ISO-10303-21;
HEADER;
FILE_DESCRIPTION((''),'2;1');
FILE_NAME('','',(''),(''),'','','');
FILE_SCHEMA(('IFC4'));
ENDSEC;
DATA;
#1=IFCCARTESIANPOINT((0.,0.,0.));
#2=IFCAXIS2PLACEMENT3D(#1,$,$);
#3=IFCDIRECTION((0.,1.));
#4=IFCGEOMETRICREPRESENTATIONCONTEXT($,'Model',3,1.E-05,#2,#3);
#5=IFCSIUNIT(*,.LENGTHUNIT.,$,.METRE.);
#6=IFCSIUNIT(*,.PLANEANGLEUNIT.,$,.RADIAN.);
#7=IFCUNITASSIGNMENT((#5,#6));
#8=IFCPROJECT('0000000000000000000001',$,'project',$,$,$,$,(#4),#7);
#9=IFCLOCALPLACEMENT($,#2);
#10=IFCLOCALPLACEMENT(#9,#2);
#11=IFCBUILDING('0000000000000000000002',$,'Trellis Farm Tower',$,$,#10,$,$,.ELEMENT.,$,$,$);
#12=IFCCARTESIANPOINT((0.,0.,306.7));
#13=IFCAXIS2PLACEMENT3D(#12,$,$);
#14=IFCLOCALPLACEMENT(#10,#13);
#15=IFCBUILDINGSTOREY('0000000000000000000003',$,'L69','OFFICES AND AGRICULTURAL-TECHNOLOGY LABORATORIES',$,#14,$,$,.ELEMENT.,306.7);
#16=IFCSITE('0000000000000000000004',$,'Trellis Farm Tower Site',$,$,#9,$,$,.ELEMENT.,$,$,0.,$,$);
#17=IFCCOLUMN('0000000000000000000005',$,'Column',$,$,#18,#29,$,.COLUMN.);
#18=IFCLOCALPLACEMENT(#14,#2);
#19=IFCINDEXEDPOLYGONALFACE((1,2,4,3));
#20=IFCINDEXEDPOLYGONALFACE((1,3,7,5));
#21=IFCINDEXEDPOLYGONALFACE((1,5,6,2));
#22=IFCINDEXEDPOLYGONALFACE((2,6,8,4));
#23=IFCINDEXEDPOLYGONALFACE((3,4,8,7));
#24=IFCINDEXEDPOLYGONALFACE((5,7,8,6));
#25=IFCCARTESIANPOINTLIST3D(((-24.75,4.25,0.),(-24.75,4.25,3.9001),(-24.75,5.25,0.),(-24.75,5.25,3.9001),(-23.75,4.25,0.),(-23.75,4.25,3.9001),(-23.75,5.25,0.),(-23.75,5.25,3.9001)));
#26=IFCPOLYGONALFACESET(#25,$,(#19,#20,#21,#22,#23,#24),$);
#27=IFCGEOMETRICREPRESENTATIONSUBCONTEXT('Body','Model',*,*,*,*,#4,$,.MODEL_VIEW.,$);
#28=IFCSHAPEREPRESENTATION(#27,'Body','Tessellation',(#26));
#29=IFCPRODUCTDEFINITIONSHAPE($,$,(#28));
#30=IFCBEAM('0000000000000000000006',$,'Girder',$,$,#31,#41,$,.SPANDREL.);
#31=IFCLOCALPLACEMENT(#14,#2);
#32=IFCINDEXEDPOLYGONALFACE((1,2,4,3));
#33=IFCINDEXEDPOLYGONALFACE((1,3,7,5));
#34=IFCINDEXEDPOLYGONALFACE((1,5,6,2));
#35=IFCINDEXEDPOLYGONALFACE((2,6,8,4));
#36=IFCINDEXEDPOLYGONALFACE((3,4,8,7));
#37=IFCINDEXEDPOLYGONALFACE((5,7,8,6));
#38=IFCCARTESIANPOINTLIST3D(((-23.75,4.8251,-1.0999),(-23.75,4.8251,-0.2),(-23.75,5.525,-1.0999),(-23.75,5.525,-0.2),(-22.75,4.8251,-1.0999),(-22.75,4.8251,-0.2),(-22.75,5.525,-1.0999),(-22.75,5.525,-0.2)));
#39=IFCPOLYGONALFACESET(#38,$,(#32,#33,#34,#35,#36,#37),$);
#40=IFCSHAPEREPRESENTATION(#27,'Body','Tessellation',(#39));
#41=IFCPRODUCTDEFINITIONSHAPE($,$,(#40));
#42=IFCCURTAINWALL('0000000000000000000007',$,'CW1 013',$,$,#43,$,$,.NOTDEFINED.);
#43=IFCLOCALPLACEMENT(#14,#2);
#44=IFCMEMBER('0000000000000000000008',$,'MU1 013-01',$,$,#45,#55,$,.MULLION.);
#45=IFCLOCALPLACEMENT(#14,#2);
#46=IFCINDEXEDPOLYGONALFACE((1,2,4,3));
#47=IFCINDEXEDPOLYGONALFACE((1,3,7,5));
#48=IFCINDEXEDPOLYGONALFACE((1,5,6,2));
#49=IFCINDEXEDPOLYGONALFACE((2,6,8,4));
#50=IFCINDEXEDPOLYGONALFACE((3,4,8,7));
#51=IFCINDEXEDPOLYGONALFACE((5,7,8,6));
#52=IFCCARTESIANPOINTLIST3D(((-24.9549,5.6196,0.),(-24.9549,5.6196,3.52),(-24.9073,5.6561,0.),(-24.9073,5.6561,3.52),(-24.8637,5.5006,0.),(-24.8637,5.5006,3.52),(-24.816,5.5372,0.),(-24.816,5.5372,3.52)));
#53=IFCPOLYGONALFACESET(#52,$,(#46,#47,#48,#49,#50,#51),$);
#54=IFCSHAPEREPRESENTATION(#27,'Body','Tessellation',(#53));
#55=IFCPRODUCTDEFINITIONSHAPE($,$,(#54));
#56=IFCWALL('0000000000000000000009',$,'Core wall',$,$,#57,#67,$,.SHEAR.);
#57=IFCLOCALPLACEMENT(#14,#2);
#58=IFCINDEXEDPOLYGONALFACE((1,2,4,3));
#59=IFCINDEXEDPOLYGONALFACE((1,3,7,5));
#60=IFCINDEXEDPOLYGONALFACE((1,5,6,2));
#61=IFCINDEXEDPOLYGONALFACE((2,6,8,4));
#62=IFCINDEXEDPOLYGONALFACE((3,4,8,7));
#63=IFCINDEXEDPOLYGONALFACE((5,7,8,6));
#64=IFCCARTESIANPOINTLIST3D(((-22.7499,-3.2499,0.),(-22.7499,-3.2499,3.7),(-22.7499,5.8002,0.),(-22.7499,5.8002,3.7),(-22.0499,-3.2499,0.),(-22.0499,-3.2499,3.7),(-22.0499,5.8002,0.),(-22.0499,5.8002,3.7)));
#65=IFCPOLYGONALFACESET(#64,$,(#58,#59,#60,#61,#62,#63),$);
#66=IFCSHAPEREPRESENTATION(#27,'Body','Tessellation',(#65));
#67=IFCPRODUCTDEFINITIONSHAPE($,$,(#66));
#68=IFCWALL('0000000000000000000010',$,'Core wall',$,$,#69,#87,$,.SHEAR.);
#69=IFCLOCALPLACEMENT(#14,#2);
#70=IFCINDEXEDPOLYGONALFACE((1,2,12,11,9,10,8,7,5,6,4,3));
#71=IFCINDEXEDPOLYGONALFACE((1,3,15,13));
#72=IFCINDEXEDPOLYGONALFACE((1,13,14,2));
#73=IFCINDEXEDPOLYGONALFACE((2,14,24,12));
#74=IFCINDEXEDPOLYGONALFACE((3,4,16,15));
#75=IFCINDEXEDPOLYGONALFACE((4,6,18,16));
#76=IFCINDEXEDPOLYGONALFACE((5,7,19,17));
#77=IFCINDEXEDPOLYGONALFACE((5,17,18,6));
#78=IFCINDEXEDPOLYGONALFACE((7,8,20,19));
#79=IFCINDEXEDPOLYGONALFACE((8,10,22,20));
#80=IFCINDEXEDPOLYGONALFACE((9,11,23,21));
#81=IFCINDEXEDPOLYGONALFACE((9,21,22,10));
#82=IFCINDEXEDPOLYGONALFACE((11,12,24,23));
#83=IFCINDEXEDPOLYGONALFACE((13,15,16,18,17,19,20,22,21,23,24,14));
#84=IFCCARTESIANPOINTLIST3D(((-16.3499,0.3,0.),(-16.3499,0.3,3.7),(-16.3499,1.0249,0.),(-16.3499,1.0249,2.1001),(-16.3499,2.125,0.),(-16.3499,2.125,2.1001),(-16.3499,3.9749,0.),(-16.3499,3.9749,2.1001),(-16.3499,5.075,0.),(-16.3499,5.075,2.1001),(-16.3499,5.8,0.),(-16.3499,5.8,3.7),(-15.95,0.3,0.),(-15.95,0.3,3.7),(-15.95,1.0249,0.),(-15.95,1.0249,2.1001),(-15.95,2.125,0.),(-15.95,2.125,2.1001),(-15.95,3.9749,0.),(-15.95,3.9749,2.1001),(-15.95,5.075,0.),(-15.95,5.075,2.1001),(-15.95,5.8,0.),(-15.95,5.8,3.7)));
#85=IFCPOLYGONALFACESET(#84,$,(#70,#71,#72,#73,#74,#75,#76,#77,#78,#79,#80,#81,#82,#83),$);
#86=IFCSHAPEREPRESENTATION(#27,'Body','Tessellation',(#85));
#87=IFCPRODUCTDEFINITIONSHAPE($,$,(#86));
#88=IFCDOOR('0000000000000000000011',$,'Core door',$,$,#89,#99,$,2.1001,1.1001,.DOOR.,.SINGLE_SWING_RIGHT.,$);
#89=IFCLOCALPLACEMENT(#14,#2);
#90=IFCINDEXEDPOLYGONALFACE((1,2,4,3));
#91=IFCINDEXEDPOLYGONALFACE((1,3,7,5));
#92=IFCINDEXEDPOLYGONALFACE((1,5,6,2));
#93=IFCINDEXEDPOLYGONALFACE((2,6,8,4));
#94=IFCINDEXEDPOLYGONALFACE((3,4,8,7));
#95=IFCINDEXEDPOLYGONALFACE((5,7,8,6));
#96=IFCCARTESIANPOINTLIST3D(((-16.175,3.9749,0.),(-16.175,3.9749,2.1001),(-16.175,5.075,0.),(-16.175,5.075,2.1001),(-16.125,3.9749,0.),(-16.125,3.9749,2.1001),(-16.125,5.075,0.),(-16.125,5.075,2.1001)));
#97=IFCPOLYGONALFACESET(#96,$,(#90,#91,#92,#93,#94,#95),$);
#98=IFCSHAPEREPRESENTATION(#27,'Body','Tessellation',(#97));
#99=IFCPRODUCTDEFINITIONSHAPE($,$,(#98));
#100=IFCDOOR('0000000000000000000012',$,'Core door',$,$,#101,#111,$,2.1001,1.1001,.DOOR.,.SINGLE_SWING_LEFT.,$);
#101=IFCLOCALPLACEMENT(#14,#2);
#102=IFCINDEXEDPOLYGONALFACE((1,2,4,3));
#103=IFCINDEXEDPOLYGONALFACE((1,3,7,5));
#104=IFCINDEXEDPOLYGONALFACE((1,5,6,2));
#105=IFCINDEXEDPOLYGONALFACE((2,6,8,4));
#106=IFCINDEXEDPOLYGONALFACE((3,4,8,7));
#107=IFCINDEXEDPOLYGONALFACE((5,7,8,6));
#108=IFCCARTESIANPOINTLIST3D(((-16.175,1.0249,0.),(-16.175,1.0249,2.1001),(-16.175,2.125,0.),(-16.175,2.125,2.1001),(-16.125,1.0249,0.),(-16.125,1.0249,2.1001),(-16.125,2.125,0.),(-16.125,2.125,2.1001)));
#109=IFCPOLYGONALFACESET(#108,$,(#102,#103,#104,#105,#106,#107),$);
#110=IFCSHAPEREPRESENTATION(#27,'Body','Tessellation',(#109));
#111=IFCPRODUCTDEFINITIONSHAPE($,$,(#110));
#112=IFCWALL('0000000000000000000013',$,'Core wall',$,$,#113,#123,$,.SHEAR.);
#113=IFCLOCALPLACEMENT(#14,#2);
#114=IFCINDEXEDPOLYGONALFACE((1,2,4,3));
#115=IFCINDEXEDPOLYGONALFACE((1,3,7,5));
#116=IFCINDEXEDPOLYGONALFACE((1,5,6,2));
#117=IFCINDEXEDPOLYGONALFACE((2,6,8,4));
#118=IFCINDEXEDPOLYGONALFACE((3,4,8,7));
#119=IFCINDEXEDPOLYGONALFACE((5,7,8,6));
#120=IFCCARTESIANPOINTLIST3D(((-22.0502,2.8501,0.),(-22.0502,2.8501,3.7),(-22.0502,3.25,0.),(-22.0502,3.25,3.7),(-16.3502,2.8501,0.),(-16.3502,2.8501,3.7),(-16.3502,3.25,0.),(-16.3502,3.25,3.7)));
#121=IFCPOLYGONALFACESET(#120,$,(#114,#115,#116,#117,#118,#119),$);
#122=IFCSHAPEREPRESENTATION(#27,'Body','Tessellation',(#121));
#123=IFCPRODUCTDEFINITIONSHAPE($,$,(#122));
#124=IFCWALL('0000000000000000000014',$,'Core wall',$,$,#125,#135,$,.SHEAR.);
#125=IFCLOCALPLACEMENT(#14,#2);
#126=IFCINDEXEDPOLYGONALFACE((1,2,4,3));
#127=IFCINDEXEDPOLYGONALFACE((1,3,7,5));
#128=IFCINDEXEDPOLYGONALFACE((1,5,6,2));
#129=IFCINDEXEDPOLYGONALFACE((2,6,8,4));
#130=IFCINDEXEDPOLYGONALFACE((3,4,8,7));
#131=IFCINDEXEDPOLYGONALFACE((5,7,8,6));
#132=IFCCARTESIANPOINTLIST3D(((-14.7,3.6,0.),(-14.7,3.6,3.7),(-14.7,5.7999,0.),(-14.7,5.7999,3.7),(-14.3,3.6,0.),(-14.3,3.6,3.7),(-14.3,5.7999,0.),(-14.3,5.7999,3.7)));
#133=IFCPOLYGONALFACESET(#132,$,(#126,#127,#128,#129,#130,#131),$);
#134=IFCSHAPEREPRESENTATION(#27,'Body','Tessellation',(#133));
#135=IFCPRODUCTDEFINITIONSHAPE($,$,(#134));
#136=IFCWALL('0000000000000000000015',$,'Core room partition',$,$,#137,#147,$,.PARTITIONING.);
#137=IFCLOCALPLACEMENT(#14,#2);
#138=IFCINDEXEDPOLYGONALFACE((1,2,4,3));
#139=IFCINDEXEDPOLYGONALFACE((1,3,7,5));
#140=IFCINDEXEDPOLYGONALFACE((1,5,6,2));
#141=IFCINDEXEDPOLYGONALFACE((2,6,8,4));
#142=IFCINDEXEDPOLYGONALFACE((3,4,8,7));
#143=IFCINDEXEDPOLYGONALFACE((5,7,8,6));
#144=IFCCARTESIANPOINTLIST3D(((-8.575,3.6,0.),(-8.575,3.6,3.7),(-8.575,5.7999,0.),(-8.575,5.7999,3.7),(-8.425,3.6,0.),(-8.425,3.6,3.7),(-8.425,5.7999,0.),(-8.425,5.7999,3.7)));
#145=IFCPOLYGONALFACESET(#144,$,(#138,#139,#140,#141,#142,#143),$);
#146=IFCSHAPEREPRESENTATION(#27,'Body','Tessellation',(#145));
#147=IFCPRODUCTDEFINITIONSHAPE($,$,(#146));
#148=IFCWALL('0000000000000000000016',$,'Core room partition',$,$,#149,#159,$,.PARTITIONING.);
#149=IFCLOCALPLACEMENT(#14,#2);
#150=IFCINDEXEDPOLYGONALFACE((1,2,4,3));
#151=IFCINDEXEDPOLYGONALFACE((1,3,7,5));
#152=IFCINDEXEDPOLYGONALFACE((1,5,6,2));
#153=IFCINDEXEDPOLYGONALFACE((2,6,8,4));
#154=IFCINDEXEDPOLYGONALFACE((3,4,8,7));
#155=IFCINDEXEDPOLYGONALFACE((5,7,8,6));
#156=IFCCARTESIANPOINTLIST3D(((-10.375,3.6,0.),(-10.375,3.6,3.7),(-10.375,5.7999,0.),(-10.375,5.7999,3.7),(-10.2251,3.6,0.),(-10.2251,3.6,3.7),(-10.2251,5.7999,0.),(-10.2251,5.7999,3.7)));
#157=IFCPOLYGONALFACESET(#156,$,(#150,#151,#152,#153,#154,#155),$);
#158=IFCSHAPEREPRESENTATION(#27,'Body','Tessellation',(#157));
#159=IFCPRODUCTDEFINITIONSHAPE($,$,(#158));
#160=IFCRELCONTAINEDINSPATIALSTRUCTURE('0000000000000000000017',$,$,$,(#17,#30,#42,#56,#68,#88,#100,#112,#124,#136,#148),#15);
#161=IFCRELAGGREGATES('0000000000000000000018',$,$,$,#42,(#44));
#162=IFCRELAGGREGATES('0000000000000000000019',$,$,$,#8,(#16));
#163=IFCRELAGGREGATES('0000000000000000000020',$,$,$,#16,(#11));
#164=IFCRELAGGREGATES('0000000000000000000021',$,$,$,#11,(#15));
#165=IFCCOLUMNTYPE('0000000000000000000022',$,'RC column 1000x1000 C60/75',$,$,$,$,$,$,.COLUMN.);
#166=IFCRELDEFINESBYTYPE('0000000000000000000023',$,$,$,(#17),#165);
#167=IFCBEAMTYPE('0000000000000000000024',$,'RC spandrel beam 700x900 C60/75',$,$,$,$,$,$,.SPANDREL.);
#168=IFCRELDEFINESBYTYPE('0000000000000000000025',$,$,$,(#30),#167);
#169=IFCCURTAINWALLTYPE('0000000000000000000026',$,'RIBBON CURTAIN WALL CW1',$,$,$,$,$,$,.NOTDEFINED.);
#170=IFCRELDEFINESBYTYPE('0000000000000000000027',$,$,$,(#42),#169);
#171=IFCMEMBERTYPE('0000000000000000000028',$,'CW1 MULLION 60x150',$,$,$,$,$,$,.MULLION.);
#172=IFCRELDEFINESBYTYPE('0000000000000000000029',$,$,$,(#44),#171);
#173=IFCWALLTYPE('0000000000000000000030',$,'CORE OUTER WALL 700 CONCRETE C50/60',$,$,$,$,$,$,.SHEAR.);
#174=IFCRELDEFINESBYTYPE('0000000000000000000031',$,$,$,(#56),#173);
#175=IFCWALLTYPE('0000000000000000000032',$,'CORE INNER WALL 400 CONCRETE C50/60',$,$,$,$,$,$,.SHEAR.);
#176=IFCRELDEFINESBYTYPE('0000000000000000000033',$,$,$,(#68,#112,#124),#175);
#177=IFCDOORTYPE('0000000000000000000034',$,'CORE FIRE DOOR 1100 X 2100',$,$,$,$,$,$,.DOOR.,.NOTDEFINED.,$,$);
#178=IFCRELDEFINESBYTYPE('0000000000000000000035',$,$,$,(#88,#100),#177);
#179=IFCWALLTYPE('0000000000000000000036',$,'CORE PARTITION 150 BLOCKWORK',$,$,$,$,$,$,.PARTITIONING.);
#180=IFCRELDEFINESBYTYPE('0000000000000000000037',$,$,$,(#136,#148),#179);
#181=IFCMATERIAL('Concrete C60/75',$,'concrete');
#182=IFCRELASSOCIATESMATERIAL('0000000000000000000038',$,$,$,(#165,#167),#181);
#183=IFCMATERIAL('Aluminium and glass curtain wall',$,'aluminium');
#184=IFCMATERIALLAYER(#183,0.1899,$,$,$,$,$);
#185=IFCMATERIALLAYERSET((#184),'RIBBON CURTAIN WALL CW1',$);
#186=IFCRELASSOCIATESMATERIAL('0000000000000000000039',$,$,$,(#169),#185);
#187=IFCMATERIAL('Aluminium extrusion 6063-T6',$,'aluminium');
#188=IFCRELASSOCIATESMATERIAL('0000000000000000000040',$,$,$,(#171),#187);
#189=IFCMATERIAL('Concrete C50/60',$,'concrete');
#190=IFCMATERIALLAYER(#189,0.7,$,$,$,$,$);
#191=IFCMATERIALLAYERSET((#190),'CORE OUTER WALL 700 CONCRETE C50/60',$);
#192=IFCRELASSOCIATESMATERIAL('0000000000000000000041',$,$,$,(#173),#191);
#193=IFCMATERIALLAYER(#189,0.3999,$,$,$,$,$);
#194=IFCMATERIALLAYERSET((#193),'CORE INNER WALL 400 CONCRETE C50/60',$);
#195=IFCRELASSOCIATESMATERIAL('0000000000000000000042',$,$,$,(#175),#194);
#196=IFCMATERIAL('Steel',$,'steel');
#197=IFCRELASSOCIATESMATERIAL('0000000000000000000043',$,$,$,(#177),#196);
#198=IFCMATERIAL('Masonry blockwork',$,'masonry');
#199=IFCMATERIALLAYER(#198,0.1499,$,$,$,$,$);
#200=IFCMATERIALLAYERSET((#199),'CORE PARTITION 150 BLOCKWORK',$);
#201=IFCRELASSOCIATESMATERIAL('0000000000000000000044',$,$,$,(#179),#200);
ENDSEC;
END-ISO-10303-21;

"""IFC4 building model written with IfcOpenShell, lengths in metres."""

from ifc_helpers import new_model, si_unit, direction, frame, frame_2d, origin, origin_2d, place, context, subcontext, project, spatial, rectangle, extrude, source, transform, mapped, material, layer, layer_set, material_profile, profile_set, type_object, element, fill, aggregate, save


model = new_model("IFC4")

# Units and contexts
model_context = context("Model", 3, precision=1e-05, world=origin(), true_north=direction((0.0, 1.0)))
body_context = subcontext(model_context, "Body", "Model", "MODEL_VIEW")
ifc_project = project(units=[si_unit("LENGTHUNIT", "METRE"), si_unit("PLANEANGLEUNIT", "RADIAN")], contexts=[model_context])

# Site, building, storey
site_placement = place(None, origin())
site = spatial("IfcSite", under=ifc_project, at=site_placement, Name="Trellis Farm Tower Site", CompositionType="ELEMENT", RefElevation=0.0)
building_placement = place(site_placement, origin())
building = spatial("IfcBuilding", under=site, at=building_placement, Name="Trellis Farm Tower", CompositionType="ELEMENT")
storey_placement = place(building_placement, frame((0.0, 0.0, 306.7)))
storey = spatial("IfcBuildingStorey", under=building, at=storey_placement, Name="L69", Description="OFFICES AND AGRICULTURAL-TECHNOLOGY LABORATORIES", CompositionType="ELEMENT", Elevation=306.7)

# Column
ifc_material_1 = material(Name="Concrete C60/75", Category="concrete")
ifc_material_profile_1 = material_profile(ifc_material_1, rectangle(XDim=1.0, YDim=1.0, at=origin_2d()), Name="RC column 1000x1000 C60/75")
ifc_profile_set_1 = profile_set([ifc_material_profile_1], Name="Concrete C60/75")
column_type = type_object("IfcColumnType", Name="RC column 1000x1000 C60/75", PredefinedType="COLUMN", material=ifc_profile_set_1)
shared_shape_1 = source(origin(), body_context, "Body", "SweptSolid", [
    extrude(rectangle(XDim=1.0, YDim=1.0, at=origin_2d()), origin(), (0.0, 0.0, 1.0), 3.9001),
])
column_placement = place(storey_placement, frame((-24.25, 4.75, 0.0), z_axis=(0.0, 0.0, 1.0), x_axis=(1.0, 0.0, 0.0)))
element("IfcColumn", 1, at=column_placement, inside=storey, type_object=column_type, Name="Column", PredefinedType="COLUMN", context=body_context, shape_type="MappedRepresentation", body=[
    mapped(shared_shape_1, transform((0.0, 0.0, 0.0))),
])

# Beam
ifc_material_profile_2 = material_profile(ifc_material_1, rectangle(XDim=0.7, YDim=0.8999, at=origin_2d()), Name="RC spandrel beam 700x900 C60/75")
ifc_profile_set_2 = profile_set([ifc_material_profile_2], Name="Concrete C60/75")
beam_type = type_object("IfcBeamType", Name="RC spandrel beam 700x900 C60/75", PredefinedType="SPANDREL", material=ifc_profile_set_2)
shared_shape_2 = source(origin(), body_context, "Body", "SweptSolid", [
    extrude(rectangle(XDim=0.7, YDim=0.8999, at=origin_2d()), origin(), (0.0, 0.0, 1.0), 1.0),
])
beam_placement = place(storey_placement, frame((-23.75, 5.175, -0.6499), z_axis=(1.0, 0.0, 0.0), x_axis=(0.0, 1.0, 0.0)))
element("IfcBeam", 2, at=beam_placement, inside=storey, type_object=beam_type, Name="Girder", PredefinedType="SPANDREL", context=body_context, shape_type="MappedRepresentation", body=[
    mapped(shared_shape_2, transform((0.0, 0.0, 0.0))),
])

# Curtain wall, member
ifc_material_2 = material(Name="Aluminium and glass curtain wall", Category="aluminium")
ifc_layer_1 = layer(ifc_material_2, 0.1899)
ifc_layer_set_1 = layer_set([ifc_layer_1], Name="RIBBON CURTAIN WALL CW1")
curtain_wall_type = type_object("IfcCurtainWallType", Name="RIBBON CURTAIN WALL CW1", PredefinedType="NOTDEFINED", material=ifc_layer_set_1)
placement = place(storey_placement, origin())
curtain_wall = element("IfcCurtainWall", 3, at=placement, inside=storey, type_object=curtain_wall_type, Name="CW1 013", PredefinedType="NOTDEFINED")
ifc_material_3 = material(Name="Aluminium extrusion 6063-T6", Category="aluminium")
ifc_material_profile_3 = material_profile(ifc_material_3, rectangle(XDim=0.0601, YDim=0.1499, at=origin_2d()), Name="MULLION 60x150")
ifc_profile_set_3 = profile_set([ifc_material_profile_3], Name="Aluminium extrusion 6063-T6")
member_type = type_object("IfcMemberType", Name="CW1 MULLION 60x150", PredefinedType="MULLION", material=ifc_profile_set_3)
shared_shape_3 = source(origin(), body_context, "Body", "SweptSolid", [
    extrude(rectangle(XDim=0.0601, YDim=0.1499, at=origin_2d()), origin(), (0.0, 0.0, 1.0), 3.52),
])
member_placement = place(storey_placement, frame((-24.8855, 5.5784, 0.0), z_axis=(0.0, 0.0, 1.0), x_axis=(-0.793353, -0.608761, 0.0)))
member = element("IfcMember", 4, at=member_placement, type_object=member_type, Name="MU1 013-01", PredefinedType="MULLION", context=body_context, shape_type="MappedRepresentation", body=[
    mapped(shared_shape_3, transform((0.0, 0.0, 0.0))),
])
aggregate(curtain_wall, [member])

# Wall
ifc_material_4 = material(Name="Concrete C50/60", Category="concrete")
ifc_layer_2 = layer(ifc_material_4, 0.7)
ifc_layer_set_2 = layer_set([ifc_layer_2], Name="CORE OUTER WALL 700 CONCRETE C50/60")
wall_type_1 = type_object("IfcWallType", Name="CORE OUTER WALL 700 CONCRETE C50/60", PredefinedType="SHEAR", material=ifc_layer_set_2)
shared_shape_4 = source(origin(), body_context, "Body", "SweptSolid", [
    extrude(rectangle(XDim=9.05, YDim=0.7, at=frame_2d((4.5249, 0.0))), origin(), (0.0, 0.0, 1.0), 3.7),
])
wall_1_placement = place(storey_placement, frame((-22.3999, 5.8, 0.0), z_axis=(0.0, 0.0, 1.0), x_axis=(0.0, -1.0, 0.0)))
element("IfcWall", 5, at=wall_1_placement, inside=storey, type_object=wall_type_1, Name="Core wall", PredefinedType="SHEAR", context=body_context, shape_type="MappedRepresentation", body=[
    mapped(shared_shape_4, transform((0.0, 0.0, 0.0))),
])

# Wall, openings, doors
ifc_layer_3 = layer(ifc_material_4, 0.3999)
ifc_layer_set_3 = layer_set([ifc_layer_3], Name="CORE INNER WALL 400 CONCRETE C50/60")
wall_type_2 = type_object("IfcWallType", Name="CORE INNER WALL 400 CONCRETE C50/60", PredefinedType="SHEAR", material=ifc_layer_set_3)
shared_shape_5 = source(origin(), body_context, "Body", "SweptSolid", [
    extrude(rectangle(XDim=5.5, YDim=0.3999, at=frame_2d((2.75, 0.0))), origin(), (0.0, 0.0, 1.0), 3.7),
])
wall_2_placement = place(storey_placement, frame((-16.1499, 5.8, 0.0), z_axis=(0.0, 0.0, 1.0), x_axis=(0.0, -1.0, 0.0)))
wall_2 = element("IfcWall", 6, at=wall_2_placement, inside=storey, type_object=wall_type_2, Name="Core wall", PredefinedType="SHEAR", context=body_context, shape_type="MappedRepresentation", body=[
    mapped(shared_shape_5, transform((0.0, 0.0, 0.0))),
])
shared_shape_6 = source(origin(), body_context, "Body", "SweptSolid", [
    extrude(rectangle(XDim=1.1001, YDim=2.1001, at=frame_2d((0.55, 1.05))), frame((0.0, 0.21, 0.0), z_axis=(0.0, -1.0, 0.0), x_axis=(1.0, 0.0, 0.0)), (0.0, 0.0, 1.0), 0.4199),
])
opening_1_placement = place(wall_2_placement, frame((0.7251, 0.0, 0.0)))
opening_1 = element("IfcOpeningElement", 7, at=opening_1_placement, cuts=wall_2, PredefinedType="OPENING", context=body_context, shape_type="MappedRepresentation", body=[
    mapped(shared_shape_6, transform((0.0, 0.0, 0.0))),
])
opening_2_placement = place(wall_2_placement, frame((3.675, 0.0, 0.0)))
opening_2 = element("IfcOpeningElement", 8, at=opening_2_placement, cuts=wall_2, PredefinedType="OPENING", context=body_context, shape_type="MappedRepresentation", body=[
    mapped(shared_shape_6, transform((0.0, 0.0, 0.0))),
])
ifc_material_5 = material(Name="Steel", Category="steel")
door_type = type_object("IfcDoorType", Name="CORE FIRE DOOR 1100 X 2100", OperationType="NOTDEFINED", PredefinedType="DOOR", material=ifc_material_5)
shared_shape_7 = source(origin(), body_context, "Body", "SweptSolid", [
    extrude(rectangle(XDim=1.1001, YDim=2.1001, at=frame_2d((0.55, 1.05))), frame((0.0, 0.0249, 0.0), z_axis=(0.0, -1.0, 0.0), x_axis=(1.0, 0.0, 0.0)), (0.0, 0.0, 1.0), 0.05),
])
door_1_placement = place(opening_1_placement, origin())
door_1 = element("IfcDoor", 9, at=door_1_placement, inside=storey, type_object=door_type, Name="Core door", OperationType="SINGLE_SWING_RIGHT", OverallHeight=2.1001, OverallWidth=1.1001, PredefinedType="DOOR", context=body_context, shape_type="MappedRepresentation", body=[
    mapped(shared_shape_7, transform((0.0, 0.0, 0.0))),
])
fill(opening_1, door_1)
door_2_placement = place(opening_2_placement, origin())
door_2 = element("IfcDoor", 10, at=door_2_placement, inside=storey, type_object=door_type, Name="Core door", OperationType="SINGLE_SWING_LEFT", OverallHeight=2.1001, OverallWidth=1.1001, PredefinedType="DOOR", context=body_context, shape_type="MappedRepresentation", body=[
    mapped(shared_shape_7, transform((0.0, 0.0, 0.0))),
])
fill(opening_2, door_2)

# Walls
shared_shape_8 = source(origin(), body_context, "Body", "SweptSolid", [
    extrude(rectangle(XDim=5.7, YDim=0.3999, at=frame_2d((2.8501, 0.0))), origin(), (0.0, 0.0, 1.0), 3.7),
])
wall_3_placement = place(storey_placement, frame((-16.3501, 3.05, 0.0), z_axis=(0.0, 0.0, 1.0), x_axis=(-1.0, 0.0, 0.0)))
element("IfcWall", 11, at=wall_3_placement, inside=storey, type_object=wall_type_2, Name="Core wall", PredefinedType="SHEAR", context=body_context, shape_type="MappedRepresentation", body=[
    mapped(shared_shape_8, transform((0.0, 0.0, 0.0))),
])
shared_shape_9 = source(origin(), body_context, "Body", "SweptSolid", [
    extrude(rectangle(XDim=2.2, YDim=0.3999, at=frame_2d((1.1001, 0.0))), origin(), (0.0, 0.0, 1.0), 3.7),
])
wall_4_placement = place(storey_placement, frame((-14.5, 5.8, 0.0), z_axis=(0.0, 0.0, 1.0), x_axis=(0.0, -1.0, 0.0)))
element("IfcWall", 12, at=wall_4_placement, inside=storey, type_object=wall_type_2, Name="Core wall", PredefinedType="SHEAR", context=body_context, shape_type="MappedRepresentation", body=[
    mapped(shared_shape_9, transform((0.0, 0.0, 0.0))),
])
ifc_material_6 = material(Name="Masonry blockwork", Category="masonry")
ifc_layer_4 = layer(ifc_material_6, 0.1499)
ifc_layer_set_4 = layer_set([ifc_layer_4], Name="CORE PARTITION 150 BLOCKWORK")
wall_type_3 = type_object("IfcWallType", Name="CORE PARTITION 150 BLOCKWORK", PredefinedType="PARTITIONING", material=ifc_layer_set_4)
shared_shape_10 = source(origin(), body_context, "Body", "SweptSolid", [
    extrude(rectangle(XDim=2.2, YDim=0.1499, at=frame_2d((1.1001, 0.0))), origin(), (0.0, 0.0, 1.0), 3.7),
])
for number, where, z_axis, x_axis, name in (
    (13, (-8.5, 5.8, 0.0), (0.0, 0.0, 1.0), (0.0, -1.0, 0.0), "Core room partition"),
    (14, (-10.3, 5.8, 0.0), (0.0, 0.0, 1.0), (0.0, -1.0, 0.0), "Core room partition"),
):
    element("IfcWall", number, at=place(storey_placement, frame(where, z_axis=z_axis, x_axis=x_axis)), inside=storey, type_object=wall_type_3, Name=name, PredefinedType="PARTITIONING", context=body_context, shape_type="MappedRepresentation", body=[
        mapped(shared_shape_10, transform((0.0, 0.0, 0.0))),
    ])

save(model, "model.ifc")
